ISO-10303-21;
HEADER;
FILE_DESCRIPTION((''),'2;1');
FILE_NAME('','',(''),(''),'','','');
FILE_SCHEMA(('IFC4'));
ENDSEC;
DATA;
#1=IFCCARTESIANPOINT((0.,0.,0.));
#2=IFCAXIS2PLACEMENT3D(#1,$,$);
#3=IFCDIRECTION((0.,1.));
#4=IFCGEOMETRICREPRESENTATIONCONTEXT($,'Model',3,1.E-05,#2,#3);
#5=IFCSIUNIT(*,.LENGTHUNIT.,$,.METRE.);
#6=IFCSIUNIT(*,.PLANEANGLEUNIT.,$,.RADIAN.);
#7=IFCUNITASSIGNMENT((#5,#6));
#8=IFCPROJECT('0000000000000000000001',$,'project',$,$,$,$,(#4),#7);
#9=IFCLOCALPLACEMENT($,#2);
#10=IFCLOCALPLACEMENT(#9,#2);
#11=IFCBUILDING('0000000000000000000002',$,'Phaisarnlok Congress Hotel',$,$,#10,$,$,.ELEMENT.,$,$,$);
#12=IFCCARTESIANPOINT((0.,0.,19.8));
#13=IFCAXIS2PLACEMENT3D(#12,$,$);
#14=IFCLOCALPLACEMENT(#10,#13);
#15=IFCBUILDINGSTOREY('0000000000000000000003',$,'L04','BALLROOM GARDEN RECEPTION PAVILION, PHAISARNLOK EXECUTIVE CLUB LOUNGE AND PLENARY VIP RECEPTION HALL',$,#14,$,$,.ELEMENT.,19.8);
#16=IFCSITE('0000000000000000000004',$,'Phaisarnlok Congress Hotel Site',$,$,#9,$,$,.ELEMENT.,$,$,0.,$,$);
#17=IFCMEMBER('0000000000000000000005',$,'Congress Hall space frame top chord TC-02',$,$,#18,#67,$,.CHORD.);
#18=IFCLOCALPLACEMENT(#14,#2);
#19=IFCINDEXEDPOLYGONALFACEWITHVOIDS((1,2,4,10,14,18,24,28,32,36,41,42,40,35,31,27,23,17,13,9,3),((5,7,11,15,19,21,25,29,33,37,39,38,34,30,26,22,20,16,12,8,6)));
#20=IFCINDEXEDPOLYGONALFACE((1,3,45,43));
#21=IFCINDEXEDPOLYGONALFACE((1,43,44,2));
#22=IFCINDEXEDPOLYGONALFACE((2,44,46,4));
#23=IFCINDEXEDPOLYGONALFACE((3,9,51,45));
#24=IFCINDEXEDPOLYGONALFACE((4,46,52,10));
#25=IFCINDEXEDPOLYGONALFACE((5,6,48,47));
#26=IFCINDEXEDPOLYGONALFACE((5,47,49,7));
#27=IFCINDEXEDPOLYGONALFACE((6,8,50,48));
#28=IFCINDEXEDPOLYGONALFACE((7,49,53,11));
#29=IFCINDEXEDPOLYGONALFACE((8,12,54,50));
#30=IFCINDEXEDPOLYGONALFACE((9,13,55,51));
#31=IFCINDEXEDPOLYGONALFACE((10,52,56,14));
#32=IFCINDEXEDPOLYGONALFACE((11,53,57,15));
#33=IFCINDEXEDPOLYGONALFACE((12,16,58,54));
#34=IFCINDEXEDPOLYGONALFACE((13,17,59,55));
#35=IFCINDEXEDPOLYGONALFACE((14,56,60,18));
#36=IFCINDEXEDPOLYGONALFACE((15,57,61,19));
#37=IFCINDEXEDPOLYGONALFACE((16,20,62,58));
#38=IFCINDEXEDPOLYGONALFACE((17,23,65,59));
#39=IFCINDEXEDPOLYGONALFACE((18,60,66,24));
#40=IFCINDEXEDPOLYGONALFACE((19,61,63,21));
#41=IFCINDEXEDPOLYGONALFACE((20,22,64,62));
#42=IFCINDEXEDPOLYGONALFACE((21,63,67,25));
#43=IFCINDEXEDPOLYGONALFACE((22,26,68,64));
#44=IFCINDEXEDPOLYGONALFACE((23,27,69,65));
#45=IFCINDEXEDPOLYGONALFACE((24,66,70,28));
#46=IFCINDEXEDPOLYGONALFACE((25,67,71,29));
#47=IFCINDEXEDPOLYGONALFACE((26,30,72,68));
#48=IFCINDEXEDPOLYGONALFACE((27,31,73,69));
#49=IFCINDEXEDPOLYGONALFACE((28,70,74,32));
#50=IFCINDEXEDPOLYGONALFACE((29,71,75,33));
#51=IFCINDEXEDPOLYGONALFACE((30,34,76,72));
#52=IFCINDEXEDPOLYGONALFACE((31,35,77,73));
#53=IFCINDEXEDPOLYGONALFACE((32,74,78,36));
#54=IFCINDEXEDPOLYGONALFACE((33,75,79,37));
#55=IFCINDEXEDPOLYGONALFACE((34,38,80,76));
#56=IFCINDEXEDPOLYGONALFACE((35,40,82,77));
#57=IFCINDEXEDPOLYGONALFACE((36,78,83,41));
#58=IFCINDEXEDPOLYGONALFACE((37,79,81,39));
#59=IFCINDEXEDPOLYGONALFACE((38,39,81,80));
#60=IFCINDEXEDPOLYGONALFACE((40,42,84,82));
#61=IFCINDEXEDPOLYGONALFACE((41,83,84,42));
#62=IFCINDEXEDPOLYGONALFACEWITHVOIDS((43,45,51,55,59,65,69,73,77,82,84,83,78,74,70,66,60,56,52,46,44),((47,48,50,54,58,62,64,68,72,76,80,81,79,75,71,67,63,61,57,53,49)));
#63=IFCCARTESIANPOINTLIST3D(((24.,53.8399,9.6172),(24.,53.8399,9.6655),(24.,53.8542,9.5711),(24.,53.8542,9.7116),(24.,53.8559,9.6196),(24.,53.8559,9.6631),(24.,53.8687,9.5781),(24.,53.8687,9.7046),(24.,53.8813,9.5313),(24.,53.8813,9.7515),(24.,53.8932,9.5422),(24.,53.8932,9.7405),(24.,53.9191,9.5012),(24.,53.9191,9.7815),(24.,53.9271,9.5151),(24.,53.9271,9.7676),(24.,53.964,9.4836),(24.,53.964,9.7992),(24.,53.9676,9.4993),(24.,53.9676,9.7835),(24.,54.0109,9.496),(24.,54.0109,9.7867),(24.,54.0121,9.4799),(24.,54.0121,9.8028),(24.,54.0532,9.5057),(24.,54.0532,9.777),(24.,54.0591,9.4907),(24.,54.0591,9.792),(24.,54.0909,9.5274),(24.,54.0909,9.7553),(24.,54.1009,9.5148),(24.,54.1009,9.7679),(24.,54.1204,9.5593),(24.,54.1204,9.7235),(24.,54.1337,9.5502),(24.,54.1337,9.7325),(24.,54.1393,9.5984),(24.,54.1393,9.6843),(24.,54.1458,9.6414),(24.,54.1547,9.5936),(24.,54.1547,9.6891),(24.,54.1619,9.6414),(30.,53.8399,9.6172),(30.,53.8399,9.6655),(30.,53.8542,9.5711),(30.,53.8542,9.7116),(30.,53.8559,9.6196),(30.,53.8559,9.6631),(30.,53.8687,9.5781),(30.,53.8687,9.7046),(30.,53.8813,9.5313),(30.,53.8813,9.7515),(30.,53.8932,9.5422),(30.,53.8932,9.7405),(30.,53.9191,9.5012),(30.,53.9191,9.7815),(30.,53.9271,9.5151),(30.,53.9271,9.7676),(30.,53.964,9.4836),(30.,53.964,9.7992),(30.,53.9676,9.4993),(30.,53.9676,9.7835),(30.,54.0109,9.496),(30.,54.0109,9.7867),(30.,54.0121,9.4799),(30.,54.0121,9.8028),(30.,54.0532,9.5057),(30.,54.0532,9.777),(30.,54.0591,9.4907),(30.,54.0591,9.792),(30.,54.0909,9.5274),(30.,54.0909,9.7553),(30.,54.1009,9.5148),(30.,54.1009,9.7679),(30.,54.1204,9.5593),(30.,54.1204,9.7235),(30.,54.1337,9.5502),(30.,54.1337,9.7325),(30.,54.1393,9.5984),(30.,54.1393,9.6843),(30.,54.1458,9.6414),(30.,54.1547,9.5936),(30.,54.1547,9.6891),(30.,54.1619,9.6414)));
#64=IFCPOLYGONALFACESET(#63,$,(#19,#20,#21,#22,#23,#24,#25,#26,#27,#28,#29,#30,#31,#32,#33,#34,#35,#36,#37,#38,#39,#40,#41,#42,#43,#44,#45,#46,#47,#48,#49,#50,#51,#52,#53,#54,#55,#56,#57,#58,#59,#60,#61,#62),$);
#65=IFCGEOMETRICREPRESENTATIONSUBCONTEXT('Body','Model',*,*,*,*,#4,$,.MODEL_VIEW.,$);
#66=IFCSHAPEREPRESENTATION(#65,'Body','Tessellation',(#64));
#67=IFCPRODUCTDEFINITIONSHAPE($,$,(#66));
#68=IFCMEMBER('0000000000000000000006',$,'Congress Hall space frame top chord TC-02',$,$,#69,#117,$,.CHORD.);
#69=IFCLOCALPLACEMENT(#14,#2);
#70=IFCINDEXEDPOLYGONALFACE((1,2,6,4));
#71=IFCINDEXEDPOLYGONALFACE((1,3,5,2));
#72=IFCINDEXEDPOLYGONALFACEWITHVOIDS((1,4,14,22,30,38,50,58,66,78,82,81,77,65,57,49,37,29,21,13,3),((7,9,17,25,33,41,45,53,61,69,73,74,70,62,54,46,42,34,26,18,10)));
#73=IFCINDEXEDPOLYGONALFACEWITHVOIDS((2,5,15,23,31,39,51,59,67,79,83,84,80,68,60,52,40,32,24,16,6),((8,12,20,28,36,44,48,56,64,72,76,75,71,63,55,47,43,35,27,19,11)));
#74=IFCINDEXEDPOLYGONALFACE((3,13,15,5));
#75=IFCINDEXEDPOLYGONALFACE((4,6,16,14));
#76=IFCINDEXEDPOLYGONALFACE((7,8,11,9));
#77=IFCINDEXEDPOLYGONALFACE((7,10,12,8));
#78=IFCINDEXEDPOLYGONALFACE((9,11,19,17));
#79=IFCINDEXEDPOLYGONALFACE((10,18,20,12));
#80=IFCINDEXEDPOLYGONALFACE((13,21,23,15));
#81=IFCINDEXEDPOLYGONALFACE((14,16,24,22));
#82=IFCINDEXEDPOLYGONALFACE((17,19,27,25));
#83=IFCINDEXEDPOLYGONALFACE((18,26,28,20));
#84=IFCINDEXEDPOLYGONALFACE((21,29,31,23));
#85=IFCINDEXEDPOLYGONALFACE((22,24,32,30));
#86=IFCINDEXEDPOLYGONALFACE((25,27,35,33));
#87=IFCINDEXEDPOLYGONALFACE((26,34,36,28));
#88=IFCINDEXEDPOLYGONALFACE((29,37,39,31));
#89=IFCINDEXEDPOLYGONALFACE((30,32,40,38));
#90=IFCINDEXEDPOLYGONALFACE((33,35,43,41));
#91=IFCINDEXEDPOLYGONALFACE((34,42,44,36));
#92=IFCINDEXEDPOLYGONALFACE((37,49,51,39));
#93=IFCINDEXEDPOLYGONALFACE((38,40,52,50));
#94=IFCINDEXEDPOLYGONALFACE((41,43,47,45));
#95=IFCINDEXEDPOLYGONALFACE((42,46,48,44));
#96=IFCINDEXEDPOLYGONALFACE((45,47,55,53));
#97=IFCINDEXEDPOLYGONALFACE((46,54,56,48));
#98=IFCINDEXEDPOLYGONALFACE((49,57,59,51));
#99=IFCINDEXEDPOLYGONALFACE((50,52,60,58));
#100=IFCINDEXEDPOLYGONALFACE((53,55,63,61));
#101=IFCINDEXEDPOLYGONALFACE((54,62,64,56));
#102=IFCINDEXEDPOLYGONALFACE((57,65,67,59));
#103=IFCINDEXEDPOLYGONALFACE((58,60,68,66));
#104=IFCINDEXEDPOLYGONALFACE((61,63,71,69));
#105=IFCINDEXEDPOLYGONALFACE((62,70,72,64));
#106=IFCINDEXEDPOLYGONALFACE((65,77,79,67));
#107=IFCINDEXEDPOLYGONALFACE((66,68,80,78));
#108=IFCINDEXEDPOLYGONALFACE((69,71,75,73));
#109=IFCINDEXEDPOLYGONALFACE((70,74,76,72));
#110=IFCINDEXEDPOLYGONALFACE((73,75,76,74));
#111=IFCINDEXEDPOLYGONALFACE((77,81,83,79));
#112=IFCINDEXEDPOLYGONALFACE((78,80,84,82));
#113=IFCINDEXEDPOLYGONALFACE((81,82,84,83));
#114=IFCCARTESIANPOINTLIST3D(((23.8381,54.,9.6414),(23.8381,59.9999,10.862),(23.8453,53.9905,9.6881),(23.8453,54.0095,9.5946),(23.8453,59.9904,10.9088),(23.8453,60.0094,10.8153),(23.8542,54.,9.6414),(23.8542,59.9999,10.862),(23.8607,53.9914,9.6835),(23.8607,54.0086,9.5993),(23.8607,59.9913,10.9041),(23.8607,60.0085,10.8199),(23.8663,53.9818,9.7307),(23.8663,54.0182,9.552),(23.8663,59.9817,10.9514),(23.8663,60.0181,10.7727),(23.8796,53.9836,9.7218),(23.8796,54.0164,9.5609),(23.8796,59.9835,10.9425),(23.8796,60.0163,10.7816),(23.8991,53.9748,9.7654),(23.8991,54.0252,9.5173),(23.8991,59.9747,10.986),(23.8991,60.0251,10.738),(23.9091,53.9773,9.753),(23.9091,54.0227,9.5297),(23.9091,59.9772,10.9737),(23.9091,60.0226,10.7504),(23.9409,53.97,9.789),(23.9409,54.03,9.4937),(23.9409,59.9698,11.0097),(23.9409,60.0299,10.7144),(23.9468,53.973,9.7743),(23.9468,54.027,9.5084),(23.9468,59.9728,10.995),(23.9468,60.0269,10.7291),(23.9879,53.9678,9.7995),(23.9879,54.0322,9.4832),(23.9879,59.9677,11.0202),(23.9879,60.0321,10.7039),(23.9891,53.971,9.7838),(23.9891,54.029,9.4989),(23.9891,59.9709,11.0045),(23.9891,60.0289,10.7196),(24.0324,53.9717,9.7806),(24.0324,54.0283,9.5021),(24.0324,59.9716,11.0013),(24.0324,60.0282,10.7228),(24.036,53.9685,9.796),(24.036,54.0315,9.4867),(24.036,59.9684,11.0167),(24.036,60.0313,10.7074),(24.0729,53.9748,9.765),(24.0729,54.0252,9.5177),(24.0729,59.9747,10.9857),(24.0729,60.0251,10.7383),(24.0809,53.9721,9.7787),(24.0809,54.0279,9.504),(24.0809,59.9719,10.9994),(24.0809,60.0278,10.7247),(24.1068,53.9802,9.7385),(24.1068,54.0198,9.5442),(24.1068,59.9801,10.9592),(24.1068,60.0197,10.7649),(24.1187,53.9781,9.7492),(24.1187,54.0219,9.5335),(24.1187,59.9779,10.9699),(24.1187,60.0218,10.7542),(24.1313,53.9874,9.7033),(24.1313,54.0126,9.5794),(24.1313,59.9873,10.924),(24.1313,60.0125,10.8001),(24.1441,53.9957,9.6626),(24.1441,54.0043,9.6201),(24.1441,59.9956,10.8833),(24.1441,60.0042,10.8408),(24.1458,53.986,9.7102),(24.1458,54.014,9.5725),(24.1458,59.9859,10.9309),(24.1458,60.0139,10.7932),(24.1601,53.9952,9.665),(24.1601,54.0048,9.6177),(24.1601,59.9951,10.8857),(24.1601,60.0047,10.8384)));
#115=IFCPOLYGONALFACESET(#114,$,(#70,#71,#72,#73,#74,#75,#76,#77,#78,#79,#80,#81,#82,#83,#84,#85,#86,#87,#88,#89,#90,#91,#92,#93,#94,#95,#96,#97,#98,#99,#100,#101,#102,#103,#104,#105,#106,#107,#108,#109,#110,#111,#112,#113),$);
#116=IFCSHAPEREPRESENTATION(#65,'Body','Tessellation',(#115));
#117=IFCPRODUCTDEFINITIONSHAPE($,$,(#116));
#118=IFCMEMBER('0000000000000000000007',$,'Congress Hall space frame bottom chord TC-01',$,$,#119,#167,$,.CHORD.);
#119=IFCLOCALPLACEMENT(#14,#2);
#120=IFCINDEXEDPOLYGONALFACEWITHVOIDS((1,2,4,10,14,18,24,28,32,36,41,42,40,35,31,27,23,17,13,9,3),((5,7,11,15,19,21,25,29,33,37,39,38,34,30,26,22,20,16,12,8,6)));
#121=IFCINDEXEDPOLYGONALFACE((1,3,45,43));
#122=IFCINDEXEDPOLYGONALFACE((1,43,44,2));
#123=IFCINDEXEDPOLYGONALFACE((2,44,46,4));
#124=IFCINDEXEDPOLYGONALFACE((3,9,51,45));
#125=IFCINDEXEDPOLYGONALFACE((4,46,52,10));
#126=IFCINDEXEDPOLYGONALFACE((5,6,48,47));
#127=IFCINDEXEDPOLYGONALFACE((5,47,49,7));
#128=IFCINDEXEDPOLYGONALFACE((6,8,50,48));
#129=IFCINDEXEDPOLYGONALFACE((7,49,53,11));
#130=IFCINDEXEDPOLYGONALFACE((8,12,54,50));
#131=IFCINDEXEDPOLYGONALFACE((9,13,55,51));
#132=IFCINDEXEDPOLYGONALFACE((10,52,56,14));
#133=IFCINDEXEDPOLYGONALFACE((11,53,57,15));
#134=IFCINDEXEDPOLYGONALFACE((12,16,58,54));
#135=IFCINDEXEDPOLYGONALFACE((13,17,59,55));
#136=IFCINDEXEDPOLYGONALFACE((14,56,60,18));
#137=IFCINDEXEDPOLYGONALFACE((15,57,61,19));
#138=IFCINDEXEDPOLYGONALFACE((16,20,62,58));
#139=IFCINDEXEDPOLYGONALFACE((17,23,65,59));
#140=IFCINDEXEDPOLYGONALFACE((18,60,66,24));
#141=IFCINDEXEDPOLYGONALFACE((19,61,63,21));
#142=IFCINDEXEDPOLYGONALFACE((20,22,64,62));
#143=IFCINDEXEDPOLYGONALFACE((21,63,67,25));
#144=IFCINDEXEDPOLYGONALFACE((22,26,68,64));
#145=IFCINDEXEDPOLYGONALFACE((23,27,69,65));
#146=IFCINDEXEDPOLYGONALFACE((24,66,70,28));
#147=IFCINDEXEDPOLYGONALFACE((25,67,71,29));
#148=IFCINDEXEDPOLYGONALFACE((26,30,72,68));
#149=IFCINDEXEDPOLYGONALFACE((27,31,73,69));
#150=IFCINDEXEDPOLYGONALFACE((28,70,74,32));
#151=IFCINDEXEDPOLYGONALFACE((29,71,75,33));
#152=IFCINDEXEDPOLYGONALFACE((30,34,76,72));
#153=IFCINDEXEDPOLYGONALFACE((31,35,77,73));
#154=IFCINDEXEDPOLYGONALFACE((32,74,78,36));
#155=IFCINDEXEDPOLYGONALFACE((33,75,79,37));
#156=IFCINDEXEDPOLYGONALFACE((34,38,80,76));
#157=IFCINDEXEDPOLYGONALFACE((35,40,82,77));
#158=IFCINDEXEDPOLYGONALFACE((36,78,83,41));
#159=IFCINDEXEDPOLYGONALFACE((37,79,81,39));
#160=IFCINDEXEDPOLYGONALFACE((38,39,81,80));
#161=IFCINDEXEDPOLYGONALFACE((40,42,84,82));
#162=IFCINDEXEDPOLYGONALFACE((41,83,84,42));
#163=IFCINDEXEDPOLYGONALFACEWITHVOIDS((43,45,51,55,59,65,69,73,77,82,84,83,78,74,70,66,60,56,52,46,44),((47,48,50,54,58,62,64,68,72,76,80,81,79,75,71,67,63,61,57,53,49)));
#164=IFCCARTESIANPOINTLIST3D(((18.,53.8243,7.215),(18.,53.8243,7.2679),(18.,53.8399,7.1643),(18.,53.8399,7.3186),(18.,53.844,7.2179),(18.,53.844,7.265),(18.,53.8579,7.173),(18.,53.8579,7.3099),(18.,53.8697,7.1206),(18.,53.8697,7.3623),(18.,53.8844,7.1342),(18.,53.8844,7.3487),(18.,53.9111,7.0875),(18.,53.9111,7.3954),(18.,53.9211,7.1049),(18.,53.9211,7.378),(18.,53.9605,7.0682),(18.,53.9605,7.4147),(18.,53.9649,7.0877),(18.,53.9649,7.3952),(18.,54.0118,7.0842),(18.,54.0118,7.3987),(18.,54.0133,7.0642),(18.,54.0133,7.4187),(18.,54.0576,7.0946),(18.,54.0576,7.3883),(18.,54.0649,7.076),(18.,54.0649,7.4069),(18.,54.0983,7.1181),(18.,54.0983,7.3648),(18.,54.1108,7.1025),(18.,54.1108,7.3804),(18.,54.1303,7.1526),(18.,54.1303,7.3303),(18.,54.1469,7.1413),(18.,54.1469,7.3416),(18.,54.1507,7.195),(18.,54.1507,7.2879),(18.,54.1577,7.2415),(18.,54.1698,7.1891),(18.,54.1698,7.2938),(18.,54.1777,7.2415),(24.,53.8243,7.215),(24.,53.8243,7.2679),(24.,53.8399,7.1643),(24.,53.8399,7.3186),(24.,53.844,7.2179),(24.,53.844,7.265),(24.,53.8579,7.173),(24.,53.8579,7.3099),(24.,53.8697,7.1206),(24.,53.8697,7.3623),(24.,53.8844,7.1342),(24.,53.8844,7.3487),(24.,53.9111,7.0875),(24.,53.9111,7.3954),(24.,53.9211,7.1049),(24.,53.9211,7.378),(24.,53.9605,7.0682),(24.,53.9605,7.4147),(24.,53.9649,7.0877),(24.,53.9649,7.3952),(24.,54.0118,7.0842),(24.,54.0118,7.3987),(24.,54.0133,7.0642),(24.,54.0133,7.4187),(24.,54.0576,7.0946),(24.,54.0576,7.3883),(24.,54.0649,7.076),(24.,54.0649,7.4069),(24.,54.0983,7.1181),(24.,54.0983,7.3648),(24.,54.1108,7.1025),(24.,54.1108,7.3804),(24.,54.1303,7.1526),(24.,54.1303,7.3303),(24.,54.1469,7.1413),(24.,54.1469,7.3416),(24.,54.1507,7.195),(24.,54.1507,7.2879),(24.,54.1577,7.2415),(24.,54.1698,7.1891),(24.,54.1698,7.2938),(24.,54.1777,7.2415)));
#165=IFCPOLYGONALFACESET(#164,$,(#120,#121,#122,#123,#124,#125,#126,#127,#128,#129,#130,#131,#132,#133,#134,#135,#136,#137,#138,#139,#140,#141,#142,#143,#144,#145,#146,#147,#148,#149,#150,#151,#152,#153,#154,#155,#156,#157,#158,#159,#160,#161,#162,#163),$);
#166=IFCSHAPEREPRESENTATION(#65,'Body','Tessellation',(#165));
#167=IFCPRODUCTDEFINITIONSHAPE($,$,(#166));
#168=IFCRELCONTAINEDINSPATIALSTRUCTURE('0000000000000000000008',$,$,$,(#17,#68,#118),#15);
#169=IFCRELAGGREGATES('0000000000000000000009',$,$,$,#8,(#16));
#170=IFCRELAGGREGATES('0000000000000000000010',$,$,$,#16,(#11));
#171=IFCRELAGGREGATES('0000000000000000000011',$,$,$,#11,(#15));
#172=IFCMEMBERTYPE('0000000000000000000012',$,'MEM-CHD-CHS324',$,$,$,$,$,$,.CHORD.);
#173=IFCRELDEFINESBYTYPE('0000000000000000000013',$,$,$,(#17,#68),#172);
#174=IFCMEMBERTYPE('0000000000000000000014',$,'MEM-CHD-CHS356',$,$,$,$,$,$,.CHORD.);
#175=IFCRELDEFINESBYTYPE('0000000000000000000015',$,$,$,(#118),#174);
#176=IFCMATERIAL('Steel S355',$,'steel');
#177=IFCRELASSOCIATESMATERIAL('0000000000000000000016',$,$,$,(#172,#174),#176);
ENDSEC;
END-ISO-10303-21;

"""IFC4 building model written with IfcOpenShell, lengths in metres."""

from ifc_helpers import new_model, si_unit, direction, frame, origin, origin_2d, place, context, subcontext, project, spatial, hollow_circle, extrude, material, material_profile, profile_set, type_object, element, save


model = new_model("IFC4")

# Units and contexts
model_context = context("Model", 3, precision=1e-05, world=origin(), true_north=direction((0.0, 1.0)))
body_context = subcontext(model_context, "Body", "Model", "MODEL_VIEW")
ifc_project = project(units=[si_unit("LENGTHUNIT", "METRE"), si_unit("PLANEANGLEUNIT", "RADIAN")], contexts=[model_context])

# Site, building, storey
site_placement = place(None, origin())
site = spatial("IfcSite", under=ifc_project, at=site_placement, Name="Phaisarnlok Congress Hotel Site", CompositionType="ELEMENT", RefElevation=0.0)
building_placement = place(site_placement, origin())
building = spatial("IfcBuilding", under=site, at=building_placement, Name="Phaisarnlok Congress Hotel", CompositionType="ELEMENT")
storey_placement = place(building_placement, frame((0.0, 0.0, 19.8)))
storey = spatial("IfcBuildingStorey", under=building, at=storey_placement, Name="L04", Description="BALLROOM GARDEN RECEPTION PAVILION, PHAISARNLOK EXECUTIVE CLUB LOUNGE AND PLENARY VIP RECEPTION HALL", CompositionType="ELEMENT", Elevation=19.8)

# Members
ifc_material = material(Name="Steel S355", Category="steel")
ifc_material_profile_1 = material_profile(ifc_material, hollow_circle(Radius=0.1619, WallThickness=0.0161, at=origin_2d()), Name="CHS 323.9x16")
ifc_profile_set_1 = profile_set([ifc_material_profile_1], Name="Steel S355")
member_type_1 = type_object("IfcMemberType", Name="MEM-CHD-CHS324", PredefinedType="CHORD", material=ifc_profile_set_1)
member_1_placement = place(storey_placement, frame((24.0, 54.0, 9.6414), z_axis=(1.0, 0.0, 0.0), x_axis=(0.0, 1.0, 0.0)))
element("IfcMember", 1, at=member_1_placement, inside=storey, type_object=member_type_1, Name="Congress Hall space frame top chord TC-02", PredefinedType="CHORD", context=body_context, shape_type="SweptSolid", body=[
    extrude(hollow_circle(Radius=0.1619, WallThickness=0.0161, at=origin_2d()), origin(), (0.0, 0.0, 1.0), 6.0),
])
member_2_placement = place(storey_placement, frame((24.0, 54.0, 9.6414), z_axis=(0.0, 0.979925, 0.199366), x_axis=(-1.0, 0.0, 0.0)))
element("IfcMember", 2, at=member_2_placement, inside=storey, type_object=member_type_1, Name="Congress Hall space frame top chord TC-02", PredefinedType="CHORD", context=body_context, shape_type="SweptSolid", body=[
    extrude(hollow_circle(Radius=0.1619, WallThickness=0.0161, at=origin_2d()), origin(), (0.0, 0.0, 1.0), 6.1228),
])
ifc_material_profile_2 = material_profile(ifc_material, hollow_circle(Radius=0.1777, WallThickness=0.02, at=origin_2d()), Name="CHS 355.6x20")
ifc_profile_set_2 = profile_set([ifc_material_profile_2], Name="Steel S355")
member_type_2 = type_object("IfcMemberType", Name="MEM-CHD-CHS356", PredefinedType="CHORD", material=ifc_profile_set_2)
member_3_placement = place(storey_placement, frame((18.0, 54.0, 7.2415), z_axis=(1.0, 0.0, 0.0), x_axis=(0.0, 1.0, 0.0)))
element("IfcMember", 3, at=member_3_placement, inside=storey, type_object=member_type_2, Name="Congress Hall space frame bottom chord TC-01", PredefinedType="CHORD", context=body_context, shape_type="SweptSolid", body=[
    extrude(hollow_circle(Radius=0.1777, WallThickness=0.02, at=origin_2d()), origin(), (0.0, 0.0, 1.0), 6.0),
])

save(model, "model.ifc")
